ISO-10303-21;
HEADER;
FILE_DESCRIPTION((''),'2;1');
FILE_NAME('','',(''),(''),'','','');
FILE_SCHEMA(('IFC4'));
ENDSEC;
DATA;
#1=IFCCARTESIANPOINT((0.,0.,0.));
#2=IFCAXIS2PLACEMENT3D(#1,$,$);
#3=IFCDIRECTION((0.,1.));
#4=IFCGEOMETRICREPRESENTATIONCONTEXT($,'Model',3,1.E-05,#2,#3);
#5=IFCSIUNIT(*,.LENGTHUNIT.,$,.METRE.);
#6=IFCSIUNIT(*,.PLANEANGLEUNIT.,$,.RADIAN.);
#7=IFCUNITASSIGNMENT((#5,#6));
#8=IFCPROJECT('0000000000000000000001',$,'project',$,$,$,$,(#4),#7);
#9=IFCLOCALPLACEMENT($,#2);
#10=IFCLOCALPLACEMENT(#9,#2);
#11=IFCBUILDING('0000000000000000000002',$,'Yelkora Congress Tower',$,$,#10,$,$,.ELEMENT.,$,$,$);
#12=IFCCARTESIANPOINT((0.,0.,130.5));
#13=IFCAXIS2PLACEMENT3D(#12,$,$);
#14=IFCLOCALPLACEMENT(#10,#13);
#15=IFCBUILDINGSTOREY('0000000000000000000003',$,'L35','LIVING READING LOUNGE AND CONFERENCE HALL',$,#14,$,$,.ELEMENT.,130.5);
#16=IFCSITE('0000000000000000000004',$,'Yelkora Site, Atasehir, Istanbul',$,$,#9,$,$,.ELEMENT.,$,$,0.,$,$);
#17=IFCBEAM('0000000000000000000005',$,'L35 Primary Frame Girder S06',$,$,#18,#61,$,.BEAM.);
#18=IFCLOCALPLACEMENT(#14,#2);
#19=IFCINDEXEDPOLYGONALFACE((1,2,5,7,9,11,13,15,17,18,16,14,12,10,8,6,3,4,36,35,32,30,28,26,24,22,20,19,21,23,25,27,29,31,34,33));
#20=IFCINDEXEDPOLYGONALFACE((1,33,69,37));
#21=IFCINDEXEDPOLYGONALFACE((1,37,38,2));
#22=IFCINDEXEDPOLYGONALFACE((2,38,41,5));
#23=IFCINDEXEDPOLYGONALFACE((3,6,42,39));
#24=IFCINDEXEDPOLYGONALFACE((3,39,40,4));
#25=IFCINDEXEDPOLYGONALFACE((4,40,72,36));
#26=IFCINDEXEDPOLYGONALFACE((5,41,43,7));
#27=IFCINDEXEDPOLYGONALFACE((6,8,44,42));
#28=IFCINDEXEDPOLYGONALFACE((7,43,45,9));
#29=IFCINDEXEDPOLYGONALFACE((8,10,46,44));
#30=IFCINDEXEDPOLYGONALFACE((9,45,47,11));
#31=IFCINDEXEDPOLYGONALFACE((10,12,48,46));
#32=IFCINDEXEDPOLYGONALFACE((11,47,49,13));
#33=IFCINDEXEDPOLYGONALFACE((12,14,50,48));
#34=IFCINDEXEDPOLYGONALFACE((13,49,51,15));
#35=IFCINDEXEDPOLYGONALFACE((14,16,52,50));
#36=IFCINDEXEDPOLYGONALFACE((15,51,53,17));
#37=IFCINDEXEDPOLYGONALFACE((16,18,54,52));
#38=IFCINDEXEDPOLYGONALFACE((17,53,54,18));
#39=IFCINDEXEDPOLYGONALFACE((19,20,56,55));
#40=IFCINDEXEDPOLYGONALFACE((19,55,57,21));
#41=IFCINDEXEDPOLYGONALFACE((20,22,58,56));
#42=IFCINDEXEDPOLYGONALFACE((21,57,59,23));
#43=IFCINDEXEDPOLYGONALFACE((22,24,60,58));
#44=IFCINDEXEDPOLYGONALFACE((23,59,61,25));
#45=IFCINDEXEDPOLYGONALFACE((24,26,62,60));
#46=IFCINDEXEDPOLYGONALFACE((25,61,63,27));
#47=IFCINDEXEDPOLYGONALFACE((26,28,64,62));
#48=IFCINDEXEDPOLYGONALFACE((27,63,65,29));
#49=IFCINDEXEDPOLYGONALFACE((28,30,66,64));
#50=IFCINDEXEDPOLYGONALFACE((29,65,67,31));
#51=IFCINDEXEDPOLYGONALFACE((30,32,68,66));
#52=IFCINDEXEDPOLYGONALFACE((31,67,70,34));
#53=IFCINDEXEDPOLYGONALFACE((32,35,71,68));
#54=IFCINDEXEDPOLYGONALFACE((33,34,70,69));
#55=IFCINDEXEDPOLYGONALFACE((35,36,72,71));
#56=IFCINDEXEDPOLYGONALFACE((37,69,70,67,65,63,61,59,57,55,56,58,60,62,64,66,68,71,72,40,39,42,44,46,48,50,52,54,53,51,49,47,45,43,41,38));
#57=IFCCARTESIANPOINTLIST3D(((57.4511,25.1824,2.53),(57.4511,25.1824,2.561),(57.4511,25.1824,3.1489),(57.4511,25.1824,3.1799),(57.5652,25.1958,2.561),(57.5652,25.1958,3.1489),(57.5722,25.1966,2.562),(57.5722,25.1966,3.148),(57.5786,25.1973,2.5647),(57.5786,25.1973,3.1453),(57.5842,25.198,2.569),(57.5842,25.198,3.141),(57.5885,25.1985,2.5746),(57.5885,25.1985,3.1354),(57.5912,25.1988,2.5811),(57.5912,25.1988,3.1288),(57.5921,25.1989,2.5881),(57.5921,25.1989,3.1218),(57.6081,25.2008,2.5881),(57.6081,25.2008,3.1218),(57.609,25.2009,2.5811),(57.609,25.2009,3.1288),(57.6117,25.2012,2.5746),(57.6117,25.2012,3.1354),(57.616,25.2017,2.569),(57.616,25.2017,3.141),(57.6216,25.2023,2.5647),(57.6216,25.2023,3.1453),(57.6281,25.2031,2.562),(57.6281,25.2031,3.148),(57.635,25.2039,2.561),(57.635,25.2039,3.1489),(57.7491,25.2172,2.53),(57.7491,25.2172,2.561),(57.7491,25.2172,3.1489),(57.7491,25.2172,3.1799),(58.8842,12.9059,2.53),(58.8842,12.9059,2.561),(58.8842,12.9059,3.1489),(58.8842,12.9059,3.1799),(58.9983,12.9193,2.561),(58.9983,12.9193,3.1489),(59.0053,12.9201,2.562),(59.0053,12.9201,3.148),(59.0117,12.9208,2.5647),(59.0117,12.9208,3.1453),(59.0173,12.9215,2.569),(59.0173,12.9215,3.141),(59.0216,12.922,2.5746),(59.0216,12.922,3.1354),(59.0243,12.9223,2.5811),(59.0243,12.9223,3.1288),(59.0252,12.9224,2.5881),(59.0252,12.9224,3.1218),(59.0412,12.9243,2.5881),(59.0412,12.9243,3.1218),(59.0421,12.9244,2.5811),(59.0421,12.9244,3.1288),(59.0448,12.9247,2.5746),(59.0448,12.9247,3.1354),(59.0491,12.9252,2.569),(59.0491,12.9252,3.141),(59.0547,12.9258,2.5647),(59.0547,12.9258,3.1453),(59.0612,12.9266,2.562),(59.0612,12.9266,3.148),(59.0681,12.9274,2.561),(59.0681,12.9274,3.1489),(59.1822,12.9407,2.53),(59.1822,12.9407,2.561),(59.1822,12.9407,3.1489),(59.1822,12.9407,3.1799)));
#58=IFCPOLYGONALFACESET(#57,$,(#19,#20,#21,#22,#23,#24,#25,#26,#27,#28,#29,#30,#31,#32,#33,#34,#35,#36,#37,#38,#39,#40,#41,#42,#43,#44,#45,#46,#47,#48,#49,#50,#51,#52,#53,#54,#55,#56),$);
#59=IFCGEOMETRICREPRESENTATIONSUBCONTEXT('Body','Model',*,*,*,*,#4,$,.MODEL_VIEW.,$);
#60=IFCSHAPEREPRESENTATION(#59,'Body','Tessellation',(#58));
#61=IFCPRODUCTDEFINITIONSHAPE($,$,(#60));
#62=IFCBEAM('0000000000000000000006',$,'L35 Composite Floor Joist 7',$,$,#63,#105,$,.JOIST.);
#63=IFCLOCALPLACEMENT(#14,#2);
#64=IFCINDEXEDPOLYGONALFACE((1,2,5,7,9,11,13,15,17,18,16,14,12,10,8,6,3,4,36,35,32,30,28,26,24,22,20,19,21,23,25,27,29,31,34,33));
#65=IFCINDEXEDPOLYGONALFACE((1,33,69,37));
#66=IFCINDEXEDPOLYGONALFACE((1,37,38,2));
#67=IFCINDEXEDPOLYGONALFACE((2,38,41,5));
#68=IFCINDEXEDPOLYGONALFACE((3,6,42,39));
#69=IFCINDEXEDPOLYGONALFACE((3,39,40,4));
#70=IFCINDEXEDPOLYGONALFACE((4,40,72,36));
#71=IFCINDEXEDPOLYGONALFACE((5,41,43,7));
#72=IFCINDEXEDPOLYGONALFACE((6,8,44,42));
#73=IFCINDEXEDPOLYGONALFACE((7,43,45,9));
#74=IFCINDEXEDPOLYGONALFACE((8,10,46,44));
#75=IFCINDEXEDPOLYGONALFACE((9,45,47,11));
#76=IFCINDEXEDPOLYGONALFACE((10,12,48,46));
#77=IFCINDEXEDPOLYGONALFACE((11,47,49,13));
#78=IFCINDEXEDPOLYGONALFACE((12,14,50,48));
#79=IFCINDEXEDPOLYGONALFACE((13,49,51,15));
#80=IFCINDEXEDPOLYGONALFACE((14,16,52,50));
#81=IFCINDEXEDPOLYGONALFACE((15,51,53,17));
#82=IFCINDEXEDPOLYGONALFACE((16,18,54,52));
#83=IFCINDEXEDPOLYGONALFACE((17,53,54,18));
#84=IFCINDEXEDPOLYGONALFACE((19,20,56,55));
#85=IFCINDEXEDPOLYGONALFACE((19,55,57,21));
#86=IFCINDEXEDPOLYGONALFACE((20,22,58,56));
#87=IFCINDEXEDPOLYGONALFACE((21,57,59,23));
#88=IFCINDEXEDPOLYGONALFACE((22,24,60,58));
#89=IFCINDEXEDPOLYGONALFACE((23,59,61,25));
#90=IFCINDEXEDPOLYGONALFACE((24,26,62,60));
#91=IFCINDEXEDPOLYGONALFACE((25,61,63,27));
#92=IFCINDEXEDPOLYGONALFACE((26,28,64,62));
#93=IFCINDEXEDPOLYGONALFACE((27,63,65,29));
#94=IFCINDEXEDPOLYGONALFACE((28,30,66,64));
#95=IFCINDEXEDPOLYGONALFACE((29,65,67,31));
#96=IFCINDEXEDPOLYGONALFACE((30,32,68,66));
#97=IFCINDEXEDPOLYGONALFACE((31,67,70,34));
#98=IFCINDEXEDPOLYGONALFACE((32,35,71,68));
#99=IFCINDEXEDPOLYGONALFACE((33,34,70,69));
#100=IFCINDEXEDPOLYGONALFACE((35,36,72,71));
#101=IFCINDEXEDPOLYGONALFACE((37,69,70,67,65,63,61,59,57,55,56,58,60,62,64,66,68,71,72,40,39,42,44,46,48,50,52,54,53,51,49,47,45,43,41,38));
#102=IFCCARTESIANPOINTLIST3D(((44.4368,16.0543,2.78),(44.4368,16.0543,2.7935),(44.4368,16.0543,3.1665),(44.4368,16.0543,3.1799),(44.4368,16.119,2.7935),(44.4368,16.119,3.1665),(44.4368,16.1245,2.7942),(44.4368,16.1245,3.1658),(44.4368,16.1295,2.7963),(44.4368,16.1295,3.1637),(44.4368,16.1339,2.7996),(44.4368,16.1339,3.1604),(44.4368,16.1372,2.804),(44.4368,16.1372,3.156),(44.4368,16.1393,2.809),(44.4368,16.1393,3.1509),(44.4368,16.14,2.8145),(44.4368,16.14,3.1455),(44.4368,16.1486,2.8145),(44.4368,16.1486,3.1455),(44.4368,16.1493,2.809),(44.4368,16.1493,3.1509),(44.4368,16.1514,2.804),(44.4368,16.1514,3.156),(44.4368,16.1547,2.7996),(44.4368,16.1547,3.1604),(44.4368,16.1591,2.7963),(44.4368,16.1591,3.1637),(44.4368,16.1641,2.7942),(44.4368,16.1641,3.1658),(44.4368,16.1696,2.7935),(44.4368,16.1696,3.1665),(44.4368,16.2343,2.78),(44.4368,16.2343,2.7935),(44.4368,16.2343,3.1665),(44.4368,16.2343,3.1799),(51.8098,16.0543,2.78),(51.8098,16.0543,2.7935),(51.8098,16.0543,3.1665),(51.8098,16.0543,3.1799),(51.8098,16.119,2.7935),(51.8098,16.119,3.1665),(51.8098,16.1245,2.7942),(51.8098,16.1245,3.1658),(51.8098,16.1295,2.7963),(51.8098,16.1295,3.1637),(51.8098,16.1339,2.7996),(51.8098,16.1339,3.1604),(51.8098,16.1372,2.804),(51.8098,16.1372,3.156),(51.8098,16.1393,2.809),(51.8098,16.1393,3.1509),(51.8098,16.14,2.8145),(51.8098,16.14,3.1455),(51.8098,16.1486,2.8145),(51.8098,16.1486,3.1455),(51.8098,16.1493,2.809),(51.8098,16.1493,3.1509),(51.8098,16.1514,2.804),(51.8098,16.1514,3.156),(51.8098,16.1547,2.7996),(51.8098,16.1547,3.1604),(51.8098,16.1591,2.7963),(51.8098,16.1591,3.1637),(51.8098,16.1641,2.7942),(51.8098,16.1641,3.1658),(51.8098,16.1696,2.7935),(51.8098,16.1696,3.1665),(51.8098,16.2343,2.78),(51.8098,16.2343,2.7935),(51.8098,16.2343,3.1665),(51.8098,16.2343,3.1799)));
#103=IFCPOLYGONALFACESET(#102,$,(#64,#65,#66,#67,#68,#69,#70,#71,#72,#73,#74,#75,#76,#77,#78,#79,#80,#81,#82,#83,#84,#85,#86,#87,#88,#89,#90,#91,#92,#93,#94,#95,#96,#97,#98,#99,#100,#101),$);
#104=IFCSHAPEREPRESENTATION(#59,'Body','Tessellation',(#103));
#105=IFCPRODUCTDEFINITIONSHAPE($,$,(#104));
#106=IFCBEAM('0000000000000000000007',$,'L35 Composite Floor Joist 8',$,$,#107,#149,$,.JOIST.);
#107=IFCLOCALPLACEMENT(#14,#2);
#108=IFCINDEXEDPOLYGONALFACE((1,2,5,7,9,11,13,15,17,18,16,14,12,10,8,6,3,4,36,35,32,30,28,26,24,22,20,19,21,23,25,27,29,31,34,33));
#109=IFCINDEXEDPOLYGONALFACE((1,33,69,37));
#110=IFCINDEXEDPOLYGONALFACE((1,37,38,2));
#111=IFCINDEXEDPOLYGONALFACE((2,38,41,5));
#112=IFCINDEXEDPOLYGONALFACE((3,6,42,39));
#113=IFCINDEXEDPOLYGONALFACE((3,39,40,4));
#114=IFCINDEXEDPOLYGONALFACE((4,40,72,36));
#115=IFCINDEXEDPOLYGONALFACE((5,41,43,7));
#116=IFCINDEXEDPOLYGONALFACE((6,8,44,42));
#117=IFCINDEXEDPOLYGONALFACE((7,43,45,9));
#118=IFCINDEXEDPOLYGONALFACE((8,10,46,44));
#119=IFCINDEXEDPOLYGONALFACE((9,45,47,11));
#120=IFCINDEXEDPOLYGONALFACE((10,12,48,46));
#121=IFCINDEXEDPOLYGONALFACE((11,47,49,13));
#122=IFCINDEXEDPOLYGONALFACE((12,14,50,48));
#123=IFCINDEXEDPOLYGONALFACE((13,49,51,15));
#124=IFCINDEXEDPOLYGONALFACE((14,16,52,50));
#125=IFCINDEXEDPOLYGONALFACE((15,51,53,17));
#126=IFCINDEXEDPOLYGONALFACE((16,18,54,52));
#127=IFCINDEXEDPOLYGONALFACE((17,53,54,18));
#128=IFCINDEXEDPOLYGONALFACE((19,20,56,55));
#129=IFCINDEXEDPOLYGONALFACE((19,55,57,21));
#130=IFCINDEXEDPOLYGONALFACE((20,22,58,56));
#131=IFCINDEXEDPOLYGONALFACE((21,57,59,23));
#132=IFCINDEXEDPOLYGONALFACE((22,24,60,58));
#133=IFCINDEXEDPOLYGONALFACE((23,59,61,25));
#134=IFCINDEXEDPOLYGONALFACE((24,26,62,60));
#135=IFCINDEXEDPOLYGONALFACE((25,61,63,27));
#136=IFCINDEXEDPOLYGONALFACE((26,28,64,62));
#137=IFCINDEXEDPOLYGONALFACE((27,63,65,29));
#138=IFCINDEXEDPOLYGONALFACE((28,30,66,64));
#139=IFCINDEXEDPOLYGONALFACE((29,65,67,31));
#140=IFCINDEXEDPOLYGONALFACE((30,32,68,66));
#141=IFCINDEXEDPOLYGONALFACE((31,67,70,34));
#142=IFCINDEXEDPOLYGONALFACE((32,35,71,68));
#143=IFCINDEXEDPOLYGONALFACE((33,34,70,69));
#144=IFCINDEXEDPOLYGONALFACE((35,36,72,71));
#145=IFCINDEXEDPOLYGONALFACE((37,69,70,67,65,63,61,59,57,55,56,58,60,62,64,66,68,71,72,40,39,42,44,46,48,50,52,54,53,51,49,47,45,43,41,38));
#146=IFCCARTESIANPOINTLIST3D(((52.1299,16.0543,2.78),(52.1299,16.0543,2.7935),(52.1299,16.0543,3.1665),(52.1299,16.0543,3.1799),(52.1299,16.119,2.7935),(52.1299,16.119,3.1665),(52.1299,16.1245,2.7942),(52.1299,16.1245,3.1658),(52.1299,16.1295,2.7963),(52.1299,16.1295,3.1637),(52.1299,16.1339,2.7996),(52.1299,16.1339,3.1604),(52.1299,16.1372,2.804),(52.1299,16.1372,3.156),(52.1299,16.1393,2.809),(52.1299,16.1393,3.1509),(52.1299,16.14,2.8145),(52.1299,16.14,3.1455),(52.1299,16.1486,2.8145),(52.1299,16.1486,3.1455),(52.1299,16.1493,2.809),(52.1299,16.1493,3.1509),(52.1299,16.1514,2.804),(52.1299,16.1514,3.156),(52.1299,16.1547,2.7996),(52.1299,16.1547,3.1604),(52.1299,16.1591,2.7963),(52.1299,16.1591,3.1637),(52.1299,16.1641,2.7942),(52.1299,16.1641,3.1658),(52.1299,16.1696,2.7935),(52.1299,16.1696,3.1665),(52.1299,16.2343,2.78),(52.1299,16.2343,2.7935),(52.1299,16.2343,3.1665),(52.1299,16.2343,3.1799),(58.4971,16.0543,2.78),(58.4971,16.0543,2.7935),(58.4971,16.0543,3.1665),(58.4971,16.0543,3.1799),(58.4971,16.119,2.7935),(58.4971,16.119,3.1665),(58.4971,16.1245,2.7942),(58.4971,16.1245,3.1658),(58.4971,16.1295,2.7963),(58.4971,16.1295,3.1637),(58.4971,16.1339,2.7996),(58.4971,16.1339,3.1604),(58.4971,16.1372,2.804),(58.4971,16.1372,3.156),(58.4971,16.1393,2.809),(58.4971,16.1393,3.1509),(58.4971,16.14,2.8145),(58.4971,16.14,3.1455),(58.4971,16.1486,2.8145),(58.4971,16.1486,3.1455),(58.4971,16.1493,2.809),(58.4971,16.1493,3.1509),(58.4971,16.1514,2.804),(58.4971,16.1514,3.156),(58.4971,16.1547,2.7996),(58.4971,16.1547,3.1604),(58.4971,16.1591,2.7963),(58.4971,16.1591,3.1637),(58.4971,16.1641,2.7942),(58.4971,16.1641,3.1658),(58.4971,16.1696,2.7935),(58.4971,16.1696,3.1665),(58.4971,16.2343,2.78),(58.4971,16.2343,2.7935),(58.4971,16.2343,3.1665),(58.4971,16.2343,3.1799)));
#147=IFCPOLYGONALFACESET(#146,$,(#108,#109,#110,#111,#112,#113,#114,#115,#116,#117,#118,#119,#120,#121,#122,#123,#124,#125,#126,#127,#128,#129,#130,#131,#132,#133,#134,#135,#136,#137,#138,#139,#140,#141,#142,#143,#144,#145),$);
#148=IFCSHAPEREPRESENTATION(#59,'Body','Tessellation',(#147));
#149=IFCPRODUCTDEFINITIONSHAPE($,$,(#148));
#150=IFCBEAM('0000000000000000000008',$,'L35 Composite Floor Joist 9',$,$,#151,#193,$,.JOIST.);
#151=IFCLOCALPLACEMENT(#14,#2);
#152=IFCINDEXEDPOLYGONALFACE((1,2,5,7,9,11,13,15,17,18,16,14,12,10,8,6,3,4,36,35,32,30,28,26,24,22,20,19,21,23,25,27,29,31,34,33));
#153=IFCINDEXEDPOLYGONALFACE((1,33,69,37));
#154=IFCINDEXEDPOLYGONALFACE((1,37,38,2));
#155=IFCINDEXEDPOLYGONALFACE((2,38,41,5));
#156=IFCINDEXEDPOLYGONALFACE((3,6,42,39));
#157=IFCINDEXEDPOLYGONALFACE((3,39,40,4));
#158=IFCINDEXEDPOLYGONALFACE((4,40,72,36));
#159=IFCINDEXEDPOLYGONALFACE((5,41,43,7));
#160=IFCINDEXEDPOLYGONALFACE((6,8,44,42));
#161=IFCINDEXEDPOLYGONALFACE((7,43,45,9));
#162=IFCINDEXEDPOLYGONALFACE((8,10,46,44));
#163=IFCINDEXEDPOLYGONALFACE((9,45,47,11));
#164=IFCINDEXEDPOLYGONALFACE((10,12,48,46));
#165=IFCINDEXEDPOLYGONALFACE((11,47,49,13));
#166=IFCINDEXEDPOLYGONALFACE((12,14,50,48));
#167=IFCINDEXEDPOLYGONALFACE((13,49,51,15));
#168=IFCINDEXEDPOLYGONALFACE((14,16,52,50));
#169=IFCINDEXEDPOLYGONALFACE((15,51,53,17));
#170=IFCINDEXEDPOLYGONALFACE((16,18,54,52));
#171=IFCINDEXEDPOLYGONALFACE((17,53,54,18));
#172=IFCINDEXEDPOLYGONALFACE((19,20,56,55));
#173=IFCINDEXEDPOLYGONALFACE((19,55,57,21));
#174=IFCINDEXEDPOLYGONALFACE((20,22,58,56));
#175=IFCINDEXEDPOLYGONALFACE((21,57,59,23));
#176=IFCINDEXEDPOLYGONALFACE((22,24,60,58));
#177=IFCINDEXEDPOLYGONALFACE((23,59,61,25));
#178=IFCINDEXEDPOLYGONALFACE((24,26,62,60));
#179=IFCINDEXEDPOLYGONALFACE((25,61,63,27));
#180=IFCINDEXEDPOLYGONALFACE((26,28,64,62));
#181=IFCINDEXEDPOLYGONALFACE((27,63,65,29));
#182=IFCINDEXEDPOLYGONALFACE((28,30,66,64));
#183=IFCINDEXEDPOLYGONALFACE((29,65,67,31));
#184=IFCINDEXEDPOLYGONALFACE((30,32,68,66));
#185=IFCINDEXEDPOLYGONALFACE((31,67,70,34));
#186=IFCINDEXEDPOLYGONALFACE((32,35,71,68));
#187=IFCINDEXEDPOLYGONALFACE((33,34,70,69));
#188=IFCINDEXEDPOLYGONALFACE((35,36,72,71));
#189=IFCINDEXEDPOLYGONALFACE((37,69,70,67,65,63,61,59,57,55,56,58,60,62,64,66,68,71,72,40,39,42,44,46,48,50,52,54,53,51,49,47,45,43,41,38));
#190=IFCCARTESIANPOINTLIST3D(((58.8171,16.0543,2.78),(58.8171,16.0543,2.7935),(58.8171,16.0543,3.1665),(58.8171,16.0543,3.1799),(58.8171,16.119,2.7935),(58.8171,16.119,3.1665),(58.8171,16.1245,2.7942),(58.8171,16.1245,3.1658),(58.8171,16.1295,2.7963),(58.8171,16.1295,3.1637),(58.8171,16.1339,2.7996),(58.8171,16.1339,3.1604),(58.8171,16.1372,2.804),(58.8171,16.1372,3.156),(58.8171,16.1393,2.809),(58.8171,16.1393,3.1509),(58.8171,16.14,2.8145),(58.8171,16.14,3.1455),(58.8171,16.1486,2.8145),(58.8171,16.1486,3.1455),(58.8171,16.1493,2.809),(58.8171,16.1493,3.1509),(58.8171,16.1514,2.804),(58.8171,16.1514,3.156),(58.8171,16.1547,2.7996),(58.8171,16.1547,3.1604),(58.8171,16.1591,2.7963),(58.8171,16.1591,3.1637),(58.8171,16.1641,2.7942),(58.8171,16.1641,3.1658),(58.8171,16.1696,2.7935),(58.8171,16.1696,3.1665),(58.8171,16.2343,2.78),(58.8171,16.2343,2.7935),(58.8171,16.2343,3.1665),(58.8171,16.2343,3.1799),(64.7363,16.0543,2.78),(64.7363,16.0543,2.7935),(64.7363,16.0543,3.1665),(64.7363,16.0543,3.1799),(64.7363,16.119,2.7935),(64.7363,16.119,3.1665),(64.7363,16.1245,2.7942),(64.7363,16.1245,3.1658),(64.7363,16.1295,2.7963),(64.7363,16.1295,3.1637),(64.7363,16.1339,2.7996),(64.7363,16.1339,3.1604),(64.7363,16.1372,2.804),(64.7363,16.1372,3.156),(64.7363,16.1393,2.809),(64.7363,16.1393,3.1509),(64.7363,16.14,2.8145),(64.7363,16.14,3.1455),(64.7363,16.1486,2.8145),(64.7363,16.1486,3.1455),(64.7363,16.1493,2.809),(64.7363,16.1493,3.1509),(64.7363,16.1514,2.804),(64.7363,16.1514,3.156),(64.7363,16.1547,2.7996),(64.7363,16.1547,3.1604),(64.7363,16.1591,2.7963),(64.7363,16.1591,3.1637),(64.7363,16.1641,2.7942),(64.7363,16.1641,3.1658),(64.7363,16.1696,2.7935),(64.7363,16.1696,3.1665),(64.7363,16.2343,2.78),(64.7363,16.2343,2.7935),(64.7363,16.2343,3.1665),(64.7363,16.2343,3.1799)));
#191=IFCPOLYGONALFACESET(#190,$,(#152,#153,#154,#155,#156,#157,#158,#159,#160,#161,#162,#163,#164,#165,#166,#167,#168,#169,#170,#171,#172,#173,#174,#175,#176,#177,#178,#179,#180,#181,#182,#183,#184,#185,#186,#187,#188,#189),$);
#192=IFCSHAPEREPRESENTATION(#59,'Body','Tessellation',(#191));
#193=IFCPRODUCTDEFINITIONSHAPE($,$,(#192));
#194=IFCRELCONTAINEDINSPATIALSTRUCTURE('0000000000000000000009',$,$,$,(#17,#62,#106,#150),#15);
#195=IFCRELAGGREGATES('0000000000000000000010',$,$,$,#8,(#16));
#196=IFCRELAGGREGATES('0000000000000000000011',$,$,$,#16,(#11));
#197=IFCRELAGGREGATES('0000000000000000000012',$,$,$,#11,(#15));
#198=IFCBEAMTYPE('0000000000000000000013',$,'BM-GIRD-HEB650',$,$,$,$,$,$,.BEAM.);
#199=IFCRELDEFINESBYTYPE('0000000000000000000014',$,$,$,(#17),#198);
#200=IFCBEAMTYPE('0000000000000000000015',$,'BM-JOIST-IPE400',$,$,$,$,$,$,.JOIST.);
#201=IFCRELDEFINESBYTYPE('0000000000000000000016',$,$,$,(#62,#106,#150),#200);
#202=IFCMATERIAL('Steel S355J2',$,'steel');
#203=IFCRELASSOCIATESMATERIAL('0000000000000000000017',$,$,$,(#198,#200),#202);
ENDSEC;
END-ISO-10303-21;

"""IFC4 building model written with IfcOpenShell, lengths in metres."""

from ifc_helpers import new_model, si_unit, direction, frame, origin, origin_2d, place, context, subcontext, project, spatial, i_section, extrude, material, material_profile, profile_set, type_object, element, save


model = new_model("IFC4")

# Units and contexts
model_context = context("Model", 3, precision=1e-05, world=origin(), true_north=direction((0.0, 1.0)))
body_context = subcontext(model_context, "Body", "Model", "MODEL_VIEW")
ifc_project = project(units=[si_unit("LENGTHUNIT", "METRE"), si_unit("PLANEANGLEUNIT", "RADIAN")], contexts=[model_context])

# Site, building, storey
site_placement = place(None, origin())
site = spatial("IfcSite", under=ifc_project, at=site_placement, Name="Yelkora Site, Atasehir, Istanbul", CompositionType="ELEMENT", RefElevation=0.0)
building_placement = place(site_placement, origin())
building = spatial("IfcBuilding", under=site, at=building_placement, Name="Yelkora Congress Tower", CompositionType="ELEMENT")
storey_placement = place(building_placement, frame((0.0, 0.0, 130.5)))
storey = spatial("IfcBuildingStorey", under=building, at=storey_placement, Name="L35", Description="LIVING READING LOUNGE AND CONFERENCE HALL", CompositionType="ELEMENT", Elevation=130.5)

# Beams
ifc_material_1 = material(Name="Steel S355J2", Category="steel")
ifc_material_profile_1 = material_profile(ifc_material_1, i_section(OverallWidth=0.3, OverallDepth=0.6499, WebThickness=0.0161, FlangeThickness=0.031, FilletRadius=0.0271, at=origin_2d()), Name="HEB 650")
ifc_profile_set_1 = profile_set([ifc_material_profile_1], Name="Steel S355J2")
beam_type_1 = type_object("IfcBeamType", Name="BM-GIRD-HEB650", PredefinedType="BEAM", material=ifc_profile_set_1)
beam_1_placement = place(storey_placement, frame((59.0332, 12.9233, 2.855), z_axis=(-0.115947, 0.993255, 0.0), x_axis=(-0.993255, -0.115947, 0.0)))
element("IfcBeam", 1, at=beam_1_placement, inside=storey, type_object=beam_type_1, Name="L35 Primary Frame Girder S06", PredefinedType="BEAM", context=body_context, shape_type="SweptSolid", body=[
    extrude(i_section(OverallWidth=0.3, OverallDepth=0.6499, WebThickness=0.0161, FlangeThickness=0.031, FilletRadius=0.0271, at=origin_2d()), origin(), (0.0, 0.0, 1.0), 12.3599),
])
ifc_material_profile_2 = material_profile(ifc_material_1, i_section(OverallWidth=0.1799, OverallDepth=0.3999, WebThickness=0.0085, FlangeThickness=0.0134, FilletRadius=0.021, at=origin_2d()), Name="IPE 400")
ifc_profile_set_2 = profile_set([ifc_material_profile_2], Name="Steel S355J2")
beam_type_2 = type_object("IfcBeamType", Name="BM-JOIST-IPE400", PredefinedType="JOIST", material=ifc_profile_set_2)
beam_2_placement = place(storey_placement, frame((44.4368, 16.1443, 2.98), z_axis=(1.0, 0.0, 0.0), x_axis=(0.0, 1.0, 0.0)))
element("IfcBeam", 2, at=beam_2_placement, inside=storey, type_object=beam_type_2, Name="L35 Composite Floor Joist 7", PredefinedType="JOIST", context=body_context, shape_type="SweptSolid", body=[
    extrude(i_section(OverallWidth=0.1799, OverallDepth=0.3999, WebThickness=0.0085, FlangeThickness=0.0134, FilletRadius=0.021, at=origin_2d()), origin(), (0.0, 0.0, 1.0), 7.373),
])
beam_3_placement = place(storey_placement, frame((52.1299, 16.1443, 2.98), z_axis=(1.0, 0.0, 0.0), x_axis=(0.0, 1.0, 0.0)))
element("IfcBeam", 3, at=beam_3_placement, inside=storey, type_object=beam_type_2, Name="L35 Composite Floor Joist 8", PredefinedType="JOIST", context=body_context, shape_type="SweptSolid", body=[
    extrude(i_section(OverallWidth=0.1799, OverallDepth=0.3999, WebThickness=0.0085, FlangeThickness=0.0134, FilletRadius=0.021, at=origin_2d()), origin(), (0.0, 0.0, 1.0), 6.3672),
])
beam_4_placement = place(storey_placement, frame((58.8171, 16.1443, 2.98), z_axis=(1.0, 0.0, 0.0), x_axis=(0.0, 1.0, 0.0)))
element("IfcBeam", 4, at=beam_4_placement, inside=storey, type_object=beam_type_2, Name="L35 Composite Floor Joist 9", PredefinedType="JOIST", context=body_context, shape_type="SweptSolid", body=[
    extrude(i_section(OverallWidth=0.1799, OverallDepth=0.3999, WebThickness=0.0085, FlangeThickness=0.0134, FilletRadius=0.021, at=origin_2d()), origin(), (0.0, 0.0, 1.0), 5.9192),
])

save(model, "model.ifc")
